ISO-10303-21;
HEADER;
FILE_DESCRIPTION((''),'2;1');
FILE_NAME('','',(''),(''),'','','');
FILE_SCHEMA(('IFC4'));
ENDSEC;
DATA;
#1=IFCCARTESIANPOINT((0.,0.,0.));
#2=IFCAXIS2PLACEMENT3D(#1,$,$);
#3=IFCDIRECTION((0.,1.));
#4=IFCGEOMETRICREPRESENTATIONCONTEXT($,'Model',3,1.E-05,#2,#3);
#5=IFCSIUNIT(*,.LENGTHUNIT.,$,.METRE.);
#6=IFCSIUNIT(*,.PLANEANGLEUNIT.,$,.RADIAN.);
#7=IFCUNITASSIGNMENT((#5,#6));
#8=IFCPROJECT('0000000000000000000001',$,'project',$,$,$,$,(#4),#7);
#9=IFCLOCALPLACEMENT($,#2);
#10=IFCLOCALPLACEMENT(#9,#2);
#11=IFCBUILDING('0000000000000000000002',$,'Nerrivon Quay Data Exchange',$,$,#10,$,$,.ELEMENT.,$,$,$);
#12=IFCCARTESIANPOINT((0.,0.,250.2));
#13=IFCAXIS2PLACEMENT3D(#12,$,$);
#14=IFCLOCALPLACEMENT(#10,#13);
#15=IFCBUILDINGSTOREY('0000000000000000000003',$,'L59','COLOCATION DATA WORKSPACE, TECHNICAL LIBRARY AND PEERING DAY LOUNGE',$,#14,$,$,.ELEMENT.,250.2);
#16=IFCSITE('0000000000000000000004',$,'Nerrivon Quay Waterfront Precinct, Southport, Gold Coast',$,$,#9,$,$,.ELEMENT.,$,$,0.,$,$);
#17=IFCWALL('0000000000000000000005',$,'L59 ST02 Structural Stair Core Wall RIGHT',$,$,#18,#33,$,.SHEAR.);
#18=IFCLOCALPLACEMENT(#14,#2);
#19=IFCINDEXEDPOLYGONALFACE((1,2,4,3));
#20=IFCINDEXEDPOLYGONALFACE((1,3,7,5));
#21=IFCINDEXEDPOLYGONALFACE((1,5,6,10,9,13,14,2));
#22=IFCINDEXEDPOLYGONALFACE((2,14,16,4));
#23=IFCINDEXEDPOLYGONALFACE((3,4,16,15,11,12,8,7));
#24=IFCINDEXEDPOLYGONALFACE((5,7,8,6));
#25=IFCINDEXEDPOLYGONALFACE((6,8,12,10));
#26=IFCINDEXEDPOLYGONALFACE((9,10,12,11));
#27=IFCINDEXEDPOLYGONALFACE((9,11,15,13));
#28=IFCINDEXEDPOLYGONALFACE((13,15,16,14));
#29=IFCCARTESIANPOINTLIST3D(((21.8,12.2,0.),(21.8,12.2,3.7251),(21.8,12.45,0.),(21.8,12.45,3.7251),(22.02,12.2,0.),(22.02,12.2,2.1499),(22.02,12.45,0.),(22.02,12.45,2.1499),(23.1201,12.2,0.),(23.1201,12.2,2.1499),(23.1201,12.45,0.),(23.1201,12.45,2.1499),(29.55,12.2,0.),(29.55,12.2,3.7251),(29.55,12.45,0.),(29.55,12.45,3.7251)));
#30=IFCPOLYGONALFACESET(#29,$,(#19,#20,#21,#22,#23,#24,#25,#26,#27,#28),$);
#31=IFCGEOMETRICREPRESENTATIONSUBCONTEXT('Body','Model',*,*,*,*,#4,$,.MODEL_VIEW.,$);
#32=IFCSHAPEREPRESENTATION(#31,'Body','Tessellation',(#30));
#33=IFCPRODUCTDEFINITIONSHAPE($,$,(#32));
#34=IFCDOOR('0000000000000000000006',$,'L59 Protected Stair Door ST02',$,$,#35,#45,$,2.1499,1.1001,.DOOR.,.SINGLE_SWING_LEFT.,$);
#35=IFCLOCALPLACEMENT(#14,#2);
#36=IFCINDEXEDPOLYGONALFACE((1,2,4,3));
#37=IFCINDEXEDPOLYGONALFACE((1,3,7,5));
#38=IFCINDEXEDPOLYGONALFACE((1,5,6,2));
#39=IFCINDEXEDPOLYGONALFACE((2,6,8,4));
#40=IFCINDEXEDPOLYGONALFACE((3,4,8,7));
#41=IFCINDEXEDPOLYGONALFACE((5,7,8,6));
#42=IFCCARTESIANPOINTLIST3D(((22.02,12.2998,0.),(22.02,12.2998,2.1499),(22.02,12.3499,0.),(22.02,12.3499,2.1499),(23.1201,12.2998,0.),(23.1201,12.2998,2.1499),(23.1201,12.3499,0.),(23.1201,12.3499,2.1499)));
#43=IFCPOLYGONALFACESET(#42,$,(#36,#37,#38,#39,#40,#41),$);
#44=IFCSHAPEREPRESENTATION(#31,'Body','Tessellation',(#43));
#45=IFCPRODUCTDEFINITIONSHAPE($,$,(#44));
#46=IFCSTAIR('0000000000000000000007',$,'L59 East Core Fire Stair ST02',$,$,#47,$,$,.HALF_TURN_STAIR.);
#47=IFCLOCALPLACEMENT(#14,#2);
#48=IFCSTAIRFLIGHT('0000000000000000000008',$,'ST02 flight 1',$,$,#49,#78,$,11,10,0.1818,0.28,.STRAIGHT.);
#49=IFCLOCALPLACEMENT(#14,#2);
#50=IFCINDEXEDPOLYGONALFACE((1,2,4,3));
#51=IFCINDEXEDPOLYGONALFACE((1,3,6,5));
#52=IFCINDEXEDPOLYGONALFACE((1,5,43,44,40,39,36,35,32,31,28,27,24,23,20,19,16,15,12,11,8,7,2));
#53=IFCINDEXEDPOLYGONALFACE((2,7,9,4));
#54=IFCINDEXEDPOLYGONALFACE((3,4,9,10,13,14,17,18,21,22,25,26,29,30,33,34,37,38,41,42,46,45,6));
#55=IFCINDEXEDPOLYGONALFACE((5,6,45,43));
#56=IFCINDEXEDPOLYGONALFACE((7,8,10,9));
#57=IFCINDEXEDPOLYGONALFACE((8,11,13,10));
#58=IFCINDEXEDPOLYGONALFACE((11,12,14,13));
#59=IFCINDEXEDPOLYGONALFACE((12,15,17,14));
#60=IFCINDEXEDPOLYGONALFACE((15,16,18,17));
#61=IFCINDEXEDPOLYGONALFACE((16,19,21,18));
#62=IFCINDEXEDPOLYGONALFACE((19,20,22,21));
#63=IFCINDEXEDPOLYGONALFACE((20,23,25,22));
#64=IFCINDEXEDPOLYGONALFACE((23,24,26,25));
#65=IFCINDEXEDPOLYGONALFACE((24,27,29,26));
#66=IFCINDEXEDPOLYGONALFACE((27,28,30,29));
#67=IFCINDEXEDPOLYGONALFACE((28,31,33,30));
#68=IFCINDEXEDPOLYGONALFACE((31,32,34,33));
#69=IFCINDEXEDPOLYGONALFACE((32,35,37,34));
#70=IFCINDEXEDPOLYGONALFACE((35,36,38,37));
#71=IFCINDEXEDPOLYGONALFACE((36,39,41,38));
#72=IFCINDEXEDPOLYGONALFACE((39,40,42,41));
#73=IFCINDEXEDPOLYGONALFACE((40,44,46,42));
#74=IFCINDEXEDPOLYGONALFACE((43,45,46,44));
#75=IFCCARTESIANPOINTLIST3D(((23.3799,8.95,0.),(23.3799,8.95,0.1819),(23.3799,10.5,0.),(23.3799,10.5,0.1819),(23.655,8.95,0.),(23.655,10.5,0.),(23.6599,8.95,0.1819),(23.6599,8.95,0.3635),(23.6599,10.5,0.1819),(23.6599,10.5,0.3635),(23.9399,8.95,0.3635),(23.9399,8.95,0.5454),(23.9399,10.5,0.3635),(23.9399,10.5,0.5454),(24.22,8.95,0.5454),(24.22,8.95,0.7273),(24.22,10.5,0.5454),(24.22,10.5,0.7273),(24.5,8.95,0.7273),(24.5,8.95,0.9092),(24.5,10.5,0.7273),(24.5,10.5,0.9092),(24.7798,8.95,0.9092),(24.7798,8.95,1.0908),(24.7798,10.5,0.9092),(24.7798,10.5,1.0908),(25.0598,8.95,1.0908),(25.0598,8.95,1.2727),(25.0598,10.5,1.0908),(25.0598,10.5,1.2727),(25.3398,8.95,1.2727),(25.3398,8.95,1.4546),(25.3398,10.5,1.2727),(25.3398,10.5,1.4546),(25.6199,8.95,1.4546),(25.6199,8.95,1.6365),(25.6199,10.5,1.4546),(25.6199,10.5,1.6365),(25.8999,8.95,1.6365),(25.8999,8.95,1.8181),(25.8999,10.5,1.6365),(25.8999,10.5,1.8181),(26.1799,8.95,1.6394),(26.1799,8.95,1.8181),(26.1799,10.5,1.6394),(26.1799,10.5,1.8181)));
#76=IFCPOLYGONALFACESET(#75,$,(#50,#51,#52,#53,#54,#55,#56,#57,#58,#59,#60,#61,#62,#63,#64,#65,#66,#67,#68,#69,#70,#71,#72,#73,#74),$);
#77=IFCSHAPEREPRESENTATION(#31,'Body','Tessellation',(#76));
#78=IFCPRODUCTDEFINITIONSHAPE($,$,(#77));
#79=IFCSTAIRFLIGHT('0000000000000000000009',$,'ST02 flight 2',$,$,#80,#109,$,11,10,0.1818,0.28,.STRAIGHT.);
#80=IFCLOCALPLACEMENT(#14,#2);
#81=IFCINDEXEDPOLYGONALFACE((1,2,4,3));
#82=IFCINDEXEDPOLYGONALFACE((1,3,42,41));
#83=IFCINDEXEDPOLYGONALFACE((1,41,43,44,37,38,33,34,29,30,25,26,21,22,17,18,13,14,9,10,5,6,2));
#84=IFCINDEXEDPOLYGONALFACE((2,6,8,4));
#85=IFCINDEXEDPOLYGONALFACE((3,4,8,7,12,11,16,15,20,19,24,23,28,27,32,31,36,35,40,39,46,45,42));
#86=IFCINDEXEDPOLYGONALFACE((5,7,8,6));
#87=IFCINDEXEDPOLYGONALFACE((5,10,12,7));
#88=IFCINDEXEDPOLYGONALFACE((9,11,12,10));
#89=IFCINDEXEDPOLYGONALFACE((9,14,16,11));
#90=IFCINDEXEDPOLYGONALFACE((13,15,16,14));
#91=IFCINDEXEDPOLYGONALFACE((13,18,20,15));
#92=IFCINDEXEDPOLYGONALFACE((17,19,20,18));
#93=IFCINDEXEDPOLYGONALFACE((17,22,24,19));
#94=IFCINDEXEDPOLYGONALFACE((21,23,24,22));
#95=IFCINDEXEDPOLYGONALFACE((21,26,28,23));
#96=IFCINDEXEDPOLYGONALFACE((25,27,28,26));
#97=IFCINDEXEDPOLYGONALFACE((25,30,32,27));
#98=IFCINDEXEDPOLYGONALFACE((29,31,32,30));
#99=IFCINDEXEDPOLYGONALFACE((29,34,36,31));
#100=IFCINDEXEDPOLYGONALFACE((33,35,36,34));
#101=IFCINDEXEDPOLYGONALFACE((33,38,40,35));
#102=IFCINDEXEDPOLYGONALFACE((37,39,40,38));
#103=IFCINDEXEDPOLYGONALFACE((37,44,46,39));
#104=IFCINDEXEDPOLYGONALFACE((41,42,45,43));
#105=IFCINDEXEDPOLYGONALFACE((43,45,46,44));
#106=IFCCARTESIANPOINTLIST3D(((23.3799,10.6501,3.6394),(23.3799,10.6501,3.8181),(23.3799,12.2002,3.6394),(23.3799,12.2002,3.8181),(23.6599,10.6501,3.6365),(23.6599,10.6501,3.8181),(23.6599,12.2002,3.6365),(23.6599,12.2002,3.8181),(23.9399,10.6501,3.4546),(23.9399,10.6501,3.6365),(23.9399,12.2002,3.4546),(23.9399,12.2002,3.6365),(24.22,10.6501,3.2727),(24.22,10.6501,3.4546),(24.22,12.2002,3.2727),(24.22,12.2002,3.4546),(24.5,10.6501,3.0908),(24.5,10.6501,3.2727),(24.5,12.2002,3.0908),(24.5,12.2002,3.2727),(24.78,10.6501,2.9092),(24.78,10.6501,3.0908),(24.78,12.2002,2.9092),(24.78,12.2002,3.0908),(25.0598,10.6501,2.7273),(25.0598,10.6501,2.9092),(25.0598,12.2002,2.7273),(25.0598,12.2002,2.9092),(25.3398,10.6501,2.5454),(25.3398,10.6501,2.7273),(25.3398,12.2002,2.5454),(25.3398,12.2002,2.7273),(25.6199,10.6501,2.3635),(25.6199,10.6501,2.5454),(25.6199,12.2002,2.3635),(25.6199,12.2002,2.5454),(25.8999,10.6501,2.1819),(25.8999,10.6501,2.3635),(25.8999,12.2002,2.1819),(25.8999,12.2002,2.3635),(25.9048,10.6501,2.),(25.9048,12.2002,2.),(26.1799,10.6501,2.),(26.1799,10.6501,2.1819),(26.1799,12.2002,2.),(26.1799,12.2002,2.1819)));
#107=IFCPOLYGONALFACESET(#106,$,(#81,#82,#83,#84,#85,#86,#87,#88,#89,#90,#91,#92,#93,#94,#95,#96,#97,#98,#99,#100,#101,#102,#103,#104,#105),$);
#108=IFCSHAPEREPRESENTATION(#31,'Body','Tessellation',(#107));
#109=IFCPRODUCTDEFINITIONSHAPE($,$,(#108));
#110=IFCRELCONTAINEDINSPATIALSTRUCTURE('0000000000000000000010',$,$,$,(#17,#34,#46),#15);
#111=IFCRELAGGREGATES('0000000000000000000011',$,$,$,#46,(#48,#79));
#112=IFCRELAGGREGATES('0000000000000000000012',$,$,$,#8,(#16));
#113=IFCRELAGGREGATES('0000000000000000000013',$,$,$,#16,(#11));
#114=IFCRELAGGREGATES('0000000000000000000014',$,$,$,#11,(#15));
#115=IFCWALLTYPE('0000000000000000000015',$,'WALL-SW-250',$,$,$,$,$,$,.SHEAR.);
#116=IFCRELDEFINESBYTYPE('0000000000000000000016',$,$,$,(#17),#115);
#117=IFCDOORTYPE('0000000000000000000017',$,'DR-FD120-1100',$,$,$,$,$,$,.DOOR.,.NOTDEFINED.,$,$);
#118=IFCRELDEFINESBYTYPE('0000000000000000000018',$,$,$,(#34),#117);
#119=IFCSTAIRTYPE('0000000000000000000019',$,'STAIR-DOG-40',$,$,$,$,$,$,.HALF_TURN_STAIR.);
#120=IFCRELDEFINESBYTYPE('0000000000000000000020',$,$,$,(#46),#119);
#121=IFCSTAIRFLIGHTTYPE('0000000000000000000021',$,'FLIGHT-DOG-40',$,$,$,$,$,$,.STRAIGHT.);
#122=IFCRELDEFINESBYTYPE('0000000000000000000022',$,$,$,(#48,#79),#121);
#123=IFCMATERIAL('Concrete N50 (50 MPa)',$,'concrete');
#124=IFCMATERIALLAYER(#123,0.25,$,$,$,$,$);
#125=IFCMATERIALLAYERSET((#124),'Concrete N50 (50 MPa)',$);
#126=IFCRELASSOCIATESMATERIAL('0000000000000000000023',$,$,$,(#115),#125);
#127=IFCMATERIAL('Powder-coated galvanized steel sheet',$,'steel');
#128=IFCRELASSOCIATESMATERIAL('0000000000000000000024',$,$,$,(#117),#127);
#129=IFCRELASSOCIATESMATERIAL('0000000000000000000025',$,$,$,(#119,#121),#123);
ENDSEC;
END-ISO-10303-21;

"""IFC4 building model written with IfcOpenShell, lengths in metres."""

from ifc_helpers import new_model, si_unit, direction, frame, frame_2d, origin, place, context, subcontext, project, spatial, polyline, rectangle, outline, extrude, material, layer, layer_set, type_object, element, fill, aggregate, save


model = new_model("IFC4")

# Units and contexts
model_context = context("Model", 3, precision=1e-05, world=origin(), true_north=direction((0.0, 1.0)))
body_context = subcontext(model_context, "Body", "Model", "MODEL_VIEW")
ifc_project = project(units=[si_unit("LENGTHUNIT", "METRE"), si_unit("PLANEANGLEUNIT", "RADIAN")], contexts=[model_context])

# Site, building, storey
site_placement = place(None, origin())
site = spatial("IfcSite", under=ifc_project, at=site_placement, Name="Nerrivon Quay Waterfront Precinct, Southport, Gold Coast", CompositionType="ELEMENT", RefElevation=0.0)
building_placement = place(site_placement, origin())
building = spatial("IfcBuilding", under=site, at=building_placement, Name="Nerrivon Quay Data Exchange", CompositionType="ELEMENT")
storey_placement = place(building_placement, frame((0.0, 0.0, 250.2)))
storey = spatial("IfcBuildingStorey", under=building, at=storey_placement, Name="L59", Description="COLOCATION DATA WORKSPACE, TECHNICAL LIBRARY AND PEERING DAY LOUNGE", CompositionType="ELEMENT", Elevation=250.2)

# Shared definitions
ifc_material_1 = material(Name="Concrete N50 (50 MPa)", Category="concrete")

# Shared definitions
ifc_material_2 = material(Name="Powder-coated galvanized steel sheet", Category="steel")

# Shared definitions
ifc_layer_1 = layer(ifc_material_1, 0.25)
ifc_layer_set_1 = layer_set([ifc_layer_1], Name="Concrete N50 (50 MPa)")
wall_type_1 = type_object("IfcWallType", Name="WALL-SW-250", PredefinedType="SHEAR", material=ifc_layer_set_1)

# Wall, opening, door
wall_1_placement = place(storey_placement, frame((21.8, 12.325, 0.0), z_axis=(0.0, 0.0, 1.0), x_axis=(1.0, 0.0, 0.0)))
wall_1 = element("IfcWall", 1, at=wall_1_placement, inside=storey, type_object=wall_type_1, Name="L59 ST02 Structural Stair Core Wall RIGHT", PredefinedType="SHEAR", context=body_context, shape_type="SweptSolid", body=[
    extrude(rectangle(XDim=7.75, YDim=0.25, at=frame_2d((3.875, 0.0))), origin(), (0.0, 0.0, 1.0), 3.7251),
])
opening_1_placement = place(wall_1_placement, frame((0.22, 0.0, 0.0)))
opening_1 = element("IfcOpeningElement", 2, at=opening_1_placement, cuts=wall_1, PredefinedType="OPENING", context=body_context, shape_type="SweptSolid", body=[
    extrude(rectangle(XDim=1.1001, YDim=2.1499, at=frame_2d((0.55, 1.075))), frame((0.0, 0.135, 0.0), z_axis=(0.0, -1.0, 0.0), x_axis=(1.0, 0.0, 0.0)), (0.0, 0.0, 1.0), 0.27),
])
door_type_1 = type_object("IfcDoorType", Name="DR-FD120-1100", OperationType="NOTDEFINED", PredefinedType="DOOR", material=ifc_material_2)
door_1_placement = place(opening_1_placement, origin())
door_1 = element("IfcDoor", 3, at=door_1_placement, inside=storey, type_object=door_type_1, Name="L59 Protected Stair Door ST02", OperationType="SINGLE_SWING_LEFT", OverallHeight=2.1499, OverallWidth=1.1001, PredefinedType="DOOR", context=body_context, shape_type="SweptSolid", body=[
    extrude(rectangle(XDim=1.1001, YDim=2.1499, at=frame_2d((0.55, 1.075))), frame((0.0, 0.0249, 0.0), z_axis=(0.0, -1.0, 0.0), x_axis=(1.0, 0.0, 0.0)), (0.0, 0.0, 1.0), 0.05),
])
fill(opening_1, door_1)

# Stair, stair flights
stair_type = type_object("IfcStairType", Name="STAIR-DOG-40", PredefinedType="HALF_TURN_STAIR", material=ifc_material_1)
stair_placement = place(storey_placement, origin())
stair = element("IfcStair", 4, at=stair_placement, inside=storey, type_object=stair_type, Name="L59 East Core Fire Stair ST02", PredefinedType="HALF_TURN_STAIR")
stair_flight_type = type_object("IfcStairFlightType", Name="FLIGHT-DOG-40", PredefinedType="STRAIGHT", material=ifc_material_1)
stair_flight_1_placement = place(storey_placement, frame((23.3799, 9.7251, 0.0), z_axis=(0.0, 0.0, 1.0), x_axis=(1.0, 0.0, 0.0)))
stair_flight_1 = element("IfcStairFlight", 5, at=stair_flight_1_placement, type_object=stair_flight_type, Name="ST02 flight 1", NumberOfRisers=11, NumberOfTreads=10, PredefinedType="STRAIGHT", RiserHeight=0.1818, TreadLength=0.28, context=body_context, shape_type="SweptSolid", body=[
    extrude(outline(polyline([(0.0, 0.0), (0.0, 0.1819), (0.28, 0.1819), (0.28, 0.3635), (0.5601, 0.3635), (0.5601, 0.5454), (0.8401, 0.5454), (0.8401, 0.7273), (1.1201, 0.7273), (1.1201, 0.9092), (1.3999, 0.9092), (1.3999, 1.0908), (1.6799, 1.0908), (1.6799, 1.2727), (1.96, 1.2727), (1.96, 1.4546), (2.24, 1.4546), (2.24, 1.6365), (2.52, 1.6365), (2.52, 1.8181), (2.8, 1.8181), (2.8, 2.0), (2.8, 1.6394), (0.2751, 0.0), (0.0, 0.0)])), frame((0.0, 0.7749, 0.0), z_axis=(0.0, -1.0, 0.0), x_axis=(1.0, 0.0, 0.0)), (0.0, 0.0, 1.0), 1.55),
])
stair_flight_2_placement = place(storey_placement, frame((26.1799, 11.425, 2.0), z_axis=(0.0, 0.0, 1.0), x_axis=(-1.0, 0.0, 0.0)))
stair_flight_2 = element("IfcStairFlight", 6, at=stair_flight_2_placement, type_object=stair_flight_type, Name="ST02 flight 2", NumberOfRisers=11, NumberOfTreads=10, PredefinedType="STRAIGHT", RiserHeight=0.1818, TreadLength=0.28, context=body_context, shape_type="SweptSolid", body=[
    extrude(outline(polyline([(0.0, 0.0), (0.0, 0.1819), (0.28, 0.1819), (0.28, 0.3635), (0.5601, 0.3635), (0.5601, 0.5454), (0.8401, 0.5454), (0.8401, 0.7273), (1.1201, 0.7273), (1.1201, 0.9092), (1.3999, 0.9092), (1.3999, 1.0908), (1.6799, 1.0908), (1.6799, 1.2727), (1.96, 1.2727), (1.96, 1.4546), (2.24, 1.4546), (2.24, 1.6365), (2.52, 1.6365), (2.52, 1.8181), (2.8, 1.8181), (2.8, 2.0), (2.8, 1.6394), (0.2751, 0.0), (0.0, 0.0)])), frame((0.0, 0.7749, 0.0), z_axis=(0.0, -1.0, 0.0), x_axis=(1.0, 0.0, 0.0)), (0.0, 0.0, 1.0), 1.55),
])
aggregate(stair, [stair_flight_1, stair_flight_2])

save(model, "model.ifc")
